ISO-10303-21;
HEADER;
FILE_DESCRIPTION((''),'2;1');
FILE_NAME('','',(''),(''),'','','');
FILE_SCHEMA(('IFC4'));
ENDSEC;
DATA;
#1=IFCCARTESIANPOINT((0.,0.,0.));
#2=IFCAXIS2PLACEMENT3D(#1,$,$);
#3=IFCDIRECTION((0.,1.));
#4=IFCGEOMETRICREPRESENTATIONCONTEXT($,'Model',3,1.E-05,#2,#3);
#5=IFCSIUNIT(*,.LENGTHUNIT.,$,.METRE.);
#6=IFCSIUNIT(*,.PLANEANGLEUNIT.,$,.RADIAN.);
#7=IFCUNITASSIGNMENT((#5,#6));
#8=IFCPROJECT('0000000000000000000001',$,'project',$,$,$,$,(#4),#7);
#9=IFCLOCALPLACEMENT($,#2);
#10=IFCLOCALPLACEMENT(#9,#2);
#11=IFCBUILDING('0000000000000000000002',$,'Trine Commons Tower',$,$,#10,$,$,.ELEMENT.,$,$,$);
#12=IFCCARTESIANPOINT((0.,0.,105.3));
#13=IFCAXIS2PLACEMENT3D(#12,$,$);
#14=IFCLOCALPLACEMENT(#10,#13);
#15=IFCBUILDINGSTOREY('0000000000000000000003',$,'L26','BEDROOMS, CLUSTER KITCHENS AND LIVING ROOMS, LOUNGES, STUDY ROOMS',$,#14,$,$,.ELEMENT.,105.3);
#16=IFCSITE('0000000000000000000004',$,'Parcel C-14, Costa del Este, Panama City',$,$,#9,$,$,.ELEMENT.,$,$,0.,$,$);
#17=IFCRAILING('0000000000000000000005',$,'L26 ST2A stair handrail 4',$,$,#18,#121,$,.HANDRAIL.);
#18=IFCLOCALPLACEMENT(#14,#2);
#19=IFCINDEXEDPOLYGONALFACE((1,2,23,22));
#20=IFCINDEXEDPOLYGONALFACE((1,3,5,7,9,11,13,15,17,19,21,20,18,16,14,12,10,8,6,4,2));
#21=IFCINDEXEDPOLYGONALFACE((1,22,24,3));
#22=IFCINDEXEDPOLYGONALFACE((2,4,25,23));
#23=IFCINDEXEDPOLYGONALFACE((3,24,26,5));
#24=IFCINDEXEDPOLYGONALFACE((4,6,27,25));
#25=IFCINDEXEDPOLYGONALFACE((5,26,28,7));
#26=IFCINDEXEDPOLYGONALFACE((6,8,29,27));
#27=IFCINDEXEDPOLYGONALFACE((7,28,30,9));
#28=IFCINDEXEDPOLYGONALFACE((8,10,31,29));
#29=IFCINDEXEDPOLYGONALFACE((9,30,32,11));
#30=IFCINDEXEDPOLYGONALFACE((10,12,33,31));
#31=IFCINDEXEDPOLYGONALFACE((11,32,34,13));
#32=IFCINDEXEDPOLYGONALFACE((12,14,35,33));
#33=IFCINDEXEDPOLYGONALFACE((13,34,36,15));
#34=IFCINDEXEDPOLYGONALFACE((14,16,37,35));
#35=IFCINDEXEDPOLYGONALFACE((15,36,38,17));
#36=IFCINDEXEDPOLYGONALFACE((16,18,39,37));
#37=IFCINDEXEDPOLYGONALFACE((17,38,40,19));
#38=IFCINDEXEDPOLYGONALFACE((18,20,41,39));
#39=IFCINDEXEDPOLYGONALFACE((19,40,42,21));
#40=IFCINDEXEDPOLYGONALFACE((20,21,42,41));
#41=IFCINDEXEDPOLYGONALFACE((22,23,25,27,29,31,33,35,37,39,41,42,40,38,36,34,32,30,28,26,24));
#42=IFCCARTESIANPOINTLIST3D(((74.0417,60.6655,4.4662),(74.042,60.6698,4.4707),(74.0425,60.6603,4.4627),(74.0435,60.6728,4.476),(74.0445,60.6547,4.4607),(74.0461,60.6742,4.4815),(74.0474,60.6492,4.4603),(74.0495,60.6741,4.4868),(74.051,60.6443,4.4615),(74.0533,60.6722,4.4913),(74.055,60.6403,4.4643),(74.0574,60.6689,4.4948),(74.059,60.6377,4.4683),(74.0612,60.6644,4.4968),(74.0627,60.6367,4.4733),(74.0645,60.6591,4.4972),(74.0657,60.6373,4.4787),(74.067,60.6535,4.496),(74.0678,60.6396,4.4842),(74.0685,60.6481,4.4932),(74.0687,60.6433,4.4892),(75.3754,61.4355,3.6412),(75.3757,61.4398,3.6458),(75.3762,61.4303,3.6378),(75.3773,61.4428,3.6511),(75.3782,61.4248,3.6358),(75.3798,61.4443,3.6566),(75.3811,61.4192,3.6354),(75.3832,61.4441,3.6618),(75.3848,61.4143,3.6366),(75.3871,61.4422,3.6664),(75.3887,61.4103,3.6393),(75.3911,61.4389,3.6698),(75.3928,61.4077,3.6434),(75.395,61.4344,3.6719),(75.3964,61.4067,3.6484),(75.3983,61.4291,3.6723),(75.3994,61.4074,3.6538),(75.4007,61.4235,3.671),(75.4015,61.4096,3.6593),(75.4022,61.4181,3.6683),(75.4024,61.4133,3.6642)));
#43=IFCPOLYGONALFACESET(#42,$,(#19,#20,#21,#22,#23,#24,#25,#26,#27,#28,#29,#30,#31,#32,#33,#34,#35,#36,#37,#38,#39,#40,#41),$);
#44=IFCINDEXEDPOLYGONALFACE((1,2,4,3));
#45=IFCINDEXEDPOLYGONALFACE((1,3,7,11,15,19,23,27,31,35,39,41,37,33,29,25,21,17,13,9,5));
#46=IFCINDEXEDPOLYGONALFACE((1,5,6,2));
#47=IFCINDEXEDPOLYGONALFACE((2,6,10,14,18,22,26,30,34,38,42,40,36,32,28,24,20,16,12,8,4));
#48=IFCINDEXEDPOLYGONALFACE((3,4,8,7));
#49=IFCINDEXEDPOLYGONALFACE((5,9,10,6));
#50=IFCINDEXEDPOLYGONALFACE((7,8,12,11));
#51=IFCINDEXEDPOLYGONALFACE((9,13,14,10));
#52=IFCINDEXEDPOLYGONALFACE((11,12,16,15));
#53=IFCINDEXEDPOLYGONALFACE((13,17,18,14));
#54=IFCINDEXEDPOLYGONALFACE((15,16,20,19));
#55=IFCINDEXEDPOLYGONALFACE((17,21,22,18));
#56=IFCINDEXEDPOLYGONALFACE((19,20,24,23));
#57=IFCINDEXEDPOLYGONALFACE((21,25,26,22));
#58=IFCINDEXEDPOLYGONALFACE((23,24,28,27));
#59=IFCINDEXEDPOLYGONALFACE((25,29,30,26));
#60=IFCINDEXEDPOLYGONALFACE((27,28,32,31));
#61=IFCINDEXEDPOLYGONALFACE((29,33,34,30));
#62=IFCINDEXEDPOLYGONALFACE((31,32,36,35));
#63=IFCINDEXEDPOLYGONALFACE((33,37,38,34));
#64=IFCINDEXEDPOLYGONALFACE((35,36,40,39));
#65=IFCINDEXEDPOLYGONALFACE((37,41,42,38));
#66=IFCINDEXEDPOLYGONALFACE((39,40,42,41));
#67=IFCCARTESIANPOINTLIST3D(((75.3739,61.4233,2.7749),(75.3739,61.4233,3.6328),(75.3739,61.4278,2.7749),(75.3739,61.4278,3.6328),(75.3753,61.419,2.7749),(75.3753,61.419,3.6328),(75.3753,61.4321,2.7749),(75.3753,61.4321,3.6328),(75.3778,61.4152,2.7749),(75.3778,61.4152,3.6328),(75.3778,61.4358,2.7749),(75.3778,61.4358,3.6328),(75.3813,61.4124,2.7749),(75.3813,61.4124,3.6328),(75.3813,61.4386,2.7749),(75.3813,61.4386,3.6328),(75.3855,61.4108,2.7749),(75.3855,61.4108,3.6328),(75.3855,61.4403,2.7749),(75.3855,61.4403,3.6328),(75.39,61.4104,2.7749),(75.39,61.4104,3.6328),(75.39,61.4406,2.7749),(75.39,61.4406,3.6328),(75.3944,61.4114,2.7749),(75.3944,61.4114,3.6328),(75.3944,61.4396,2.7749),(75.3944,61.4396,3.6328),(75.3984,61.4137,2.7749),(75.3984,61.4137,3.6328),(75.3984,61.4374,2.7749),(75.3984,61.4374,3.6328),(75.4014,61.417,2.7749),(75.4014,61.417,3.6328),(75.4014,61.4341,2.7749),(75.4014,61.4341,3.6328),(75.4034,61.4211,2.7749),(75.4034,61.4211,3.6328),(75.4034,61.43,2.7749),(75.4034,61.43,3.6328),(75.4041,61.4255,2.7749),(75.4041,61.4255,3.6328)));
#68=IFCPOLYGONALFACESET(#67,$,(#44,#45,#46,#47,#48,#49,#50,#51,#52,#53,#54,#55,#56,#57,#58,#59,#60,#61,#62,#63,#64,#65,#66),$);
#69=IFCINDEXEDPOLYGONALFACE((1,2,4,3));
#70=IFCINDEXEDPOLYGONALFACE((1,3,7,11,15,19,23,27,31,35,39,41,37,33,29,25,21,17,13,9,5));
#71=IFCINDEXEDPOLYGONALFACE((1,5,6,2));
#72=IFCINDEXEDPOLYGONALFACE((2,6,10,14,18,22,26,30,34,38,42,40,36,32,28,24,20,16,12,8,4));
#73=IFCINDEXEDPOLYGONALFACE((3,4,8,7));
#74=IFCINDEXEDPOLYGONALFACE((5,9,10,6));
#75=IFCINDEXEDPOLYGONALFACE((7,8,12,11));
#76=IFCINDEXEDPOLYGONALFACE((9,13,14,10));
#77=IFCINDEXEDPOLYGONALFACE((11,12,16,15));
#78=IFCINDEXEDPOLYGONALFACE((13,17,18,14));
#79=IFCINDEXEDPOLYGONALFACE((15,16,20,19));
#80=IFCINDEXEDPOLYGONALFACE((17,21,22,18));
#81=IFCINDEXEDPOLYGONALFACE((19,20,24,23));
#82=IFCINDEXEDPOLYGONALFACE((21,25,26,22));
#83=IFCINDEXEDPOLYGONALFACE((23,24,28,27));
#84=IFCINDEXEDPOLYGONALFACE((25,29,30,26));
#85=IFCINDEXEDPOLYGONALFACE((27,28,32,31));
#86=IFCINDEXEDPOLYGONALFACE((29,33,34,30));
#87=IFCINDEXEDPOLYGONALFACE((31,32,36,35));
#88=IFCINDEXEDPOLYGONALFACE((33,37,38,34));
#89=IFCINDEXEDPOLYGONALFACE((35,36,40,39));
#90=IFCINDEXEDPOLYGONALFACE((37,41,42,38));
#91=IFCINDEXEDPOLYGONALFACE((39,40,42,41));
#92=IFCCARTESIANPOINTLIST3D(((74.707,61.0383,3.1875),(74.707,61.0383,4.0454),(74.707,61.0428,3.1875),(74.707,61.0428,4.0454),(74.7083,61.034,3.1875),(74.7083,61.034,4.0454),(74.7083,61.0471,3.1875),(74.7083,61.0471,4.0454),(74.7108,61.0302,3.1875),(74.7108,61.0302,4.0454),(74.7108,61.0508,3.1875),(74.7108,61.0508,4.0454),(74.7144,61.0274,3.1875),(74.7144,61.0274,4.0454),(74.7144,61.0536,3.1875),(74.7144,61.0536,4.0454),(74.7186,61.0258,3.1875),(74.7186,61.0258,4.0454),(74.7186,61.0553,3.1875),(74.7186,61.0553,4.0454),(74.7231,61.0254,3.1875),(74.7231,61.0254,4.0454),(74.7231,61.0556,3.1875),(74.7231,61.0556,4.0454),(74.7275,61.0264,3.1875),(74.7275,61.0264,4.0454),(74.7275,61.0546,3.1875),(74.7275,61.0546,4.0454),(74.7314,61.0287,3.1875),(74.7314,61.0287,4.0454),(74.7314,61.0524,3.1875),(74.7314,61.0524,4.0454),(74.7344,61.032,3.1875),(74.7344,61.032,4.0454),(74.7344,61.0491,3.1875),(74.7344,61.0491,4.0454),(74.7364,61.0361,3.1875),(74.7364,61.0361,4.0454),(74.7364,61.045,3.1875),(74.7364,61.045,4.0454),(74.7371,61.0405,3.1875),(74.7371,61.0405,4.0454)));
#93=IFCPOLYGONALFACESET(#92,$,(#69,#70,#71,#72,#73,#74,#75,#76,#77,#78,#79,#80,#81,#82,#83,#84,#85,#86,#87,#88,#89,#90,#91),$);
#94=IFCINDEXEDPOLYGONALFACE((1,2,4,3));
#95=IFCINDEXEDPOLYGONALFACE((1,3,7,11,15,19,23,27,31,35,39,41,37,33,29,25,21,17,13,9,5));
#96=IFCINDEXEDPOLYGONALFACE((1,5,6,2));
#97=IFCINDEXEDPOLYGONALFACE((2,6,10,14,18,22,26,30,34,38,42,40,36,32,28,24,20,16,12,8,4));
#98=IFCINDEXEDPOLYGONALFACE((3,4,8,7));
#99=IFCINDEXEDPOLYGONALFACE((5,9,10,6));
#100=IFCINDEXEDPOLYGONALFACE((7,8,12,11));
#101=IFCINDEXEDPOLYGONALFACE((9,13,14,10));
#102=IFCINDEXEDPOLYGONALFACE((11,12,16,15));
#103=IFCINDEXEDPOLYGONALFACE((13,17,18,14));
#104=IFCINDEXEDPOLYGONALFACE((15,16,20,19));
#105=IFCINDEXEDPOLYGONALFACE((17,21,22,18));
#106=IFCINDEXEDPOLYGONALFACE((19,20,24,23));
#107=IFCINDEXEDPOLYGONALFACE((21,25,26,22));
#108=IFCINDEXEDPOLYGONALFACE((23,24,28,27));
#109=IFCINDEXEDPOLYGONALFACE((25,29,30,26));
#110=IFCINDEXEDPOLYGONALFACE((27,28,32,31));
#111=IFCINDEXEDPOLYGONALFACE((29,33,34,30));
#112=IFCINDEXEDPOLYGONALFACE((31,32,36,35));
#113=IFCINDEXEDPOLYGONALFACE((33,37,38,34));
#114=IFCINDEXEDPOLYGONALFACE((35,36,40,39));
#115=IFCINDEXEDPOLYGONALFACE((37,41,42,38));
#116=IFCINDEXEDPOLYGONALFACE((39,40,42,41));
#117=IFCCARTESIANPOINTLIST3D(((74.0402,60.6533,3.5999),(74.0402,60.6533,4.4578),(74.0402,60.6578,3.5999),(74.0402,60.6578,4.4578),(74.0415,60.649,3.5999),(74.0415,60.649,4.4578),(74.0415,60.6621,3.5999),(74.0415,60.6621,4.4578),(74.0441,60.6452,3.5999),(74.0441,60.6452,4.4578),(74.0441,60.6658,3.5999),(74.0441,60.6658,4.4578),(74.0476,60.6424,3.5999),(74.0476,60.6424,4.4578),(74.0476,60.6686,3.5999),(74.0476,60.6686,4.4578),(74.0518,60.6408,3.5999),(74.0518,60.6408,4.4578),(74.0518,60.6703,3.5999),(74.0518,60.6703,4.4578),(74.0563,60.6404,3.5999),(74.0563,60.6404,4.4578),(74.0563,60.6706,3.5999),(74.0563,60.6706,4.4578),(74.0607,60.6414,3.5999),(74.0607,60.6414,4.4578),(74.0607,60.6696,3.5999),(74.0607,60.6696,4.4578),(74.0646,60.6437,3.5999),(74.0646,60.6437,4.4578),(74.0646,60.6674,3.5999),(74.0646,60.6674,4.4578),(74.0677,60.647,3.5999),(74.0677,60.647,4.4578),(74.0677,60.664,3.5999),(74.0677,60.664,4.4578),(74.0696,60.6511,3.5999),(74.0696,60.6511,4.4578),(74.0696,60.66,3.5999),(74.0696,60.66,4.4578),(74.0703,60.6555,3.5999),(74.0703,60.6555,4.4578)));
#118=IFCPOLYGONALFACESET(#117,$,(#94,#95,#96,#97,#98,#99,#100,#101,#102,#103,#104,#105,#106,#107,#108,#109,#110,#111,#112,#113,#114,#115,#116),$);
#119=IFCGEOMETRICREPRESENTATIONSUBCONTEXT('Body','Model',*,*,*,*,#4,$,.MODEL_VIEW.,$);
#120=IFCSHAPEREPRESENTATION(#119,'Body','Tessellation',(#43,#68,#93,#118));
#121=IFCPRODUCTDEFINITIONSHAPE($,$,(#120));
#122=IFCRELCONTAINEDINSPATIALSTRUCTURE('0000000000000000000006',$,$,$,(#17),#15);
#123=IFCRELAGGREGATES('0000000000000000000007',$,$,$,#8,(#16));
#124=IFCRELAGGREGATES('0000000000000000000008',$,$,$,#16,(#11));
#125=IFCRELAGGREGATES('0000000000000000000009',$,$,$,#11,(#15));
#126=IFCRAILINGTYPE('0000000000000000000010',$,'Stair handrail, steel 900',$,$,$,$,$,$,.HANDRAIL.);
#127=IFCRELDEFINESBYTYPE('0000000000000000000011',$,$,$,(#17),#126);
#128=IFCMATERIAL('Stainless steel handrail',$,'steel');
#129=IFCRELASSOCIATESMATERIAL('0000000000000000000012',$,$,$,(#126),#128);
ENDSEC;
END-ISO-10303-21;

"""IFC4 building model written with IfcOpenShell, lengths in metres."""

from ifc_helpers import new_model, si_unit, direction, frame, origin, origin_2d, place, context, subcontext, project, spatial, circle, extrude, material, type_object, element, save


model = new_model("IFC4")

# Units and contexts
model_context = context("Model", 3, precision=1e-05, world=origin(), true_north=direction((0.0, 1.0)))
body_context = subcontext(model_context, "Body", "Model", "MODEL_VIEW")
ifc_project = project(units=[si_unit("LENGTHUNIT", "METRE"), si_unit("PLANEANGLEUNIT", "RADIAN")], contexts=[model_context])

# Site, building, storey
site_placement = place(None, origin())
site = spatial("IfcSite", under=ifc_project, at=site_placement, Name="Parcel C-14, Costa del Este, Panama City", CompositionType="ELEMENT", RefElevation=0.0)
building_placement = place(site_placement, origin())
building = spatial("IfcBuilding", under=site, at=building_placement, Name="Trine Commons Tower", CompositionType="ELEMENT")
storey_placement = place(building_placement, frame((0.0, 0.0, 105.3)))
storey = spatial("IfcBuildingStorey", under=building, at=storey_placement, Name="L26", Description="BEDROOMS, CLUSTER KITCHENS AND LIVING ROOMS, LOUNGES, STUDY ROOMS", CompositionType="ELEMENT", Elevation=105.3)

# Railing
ifc_material_1 = material(Name="Stainless steel handrail", Category="steel")
railing_type_1 = type_object("IfcRailingType", Name="Stair handrail, steel 900", PredefinedType="HANDRAIL", material=ifc_material_1)
railing_1_placement = place(storey_placement, frame((75.3889, 61.4255, 2.7749)))
element("IfcRailing", 1, at=railing_1_placement, inside=storey, type_object=railing_type_1, Name="L26 ST2A stair handrail 4", PredefinedType="HANDRAIL", context=body_context, shape_type="SweptSolid", body=[
    extrude(circle(Radius=0.021, at=origin_2d()), frame((0.0, 0.0, 0.8789), z_axis=(-0.763405, -0.440743, 0.472185), x_axis=(0.499992, -0.86603, 0.0)), (0.0, 0.0, 1.0), 1.7471),
    extrude(circle(Radius=0.0151, at=origin_2d()), origin(), (0.0, 0.0, 1.0), 0.8579),
    extrude(circle(Radius=0.0151, at=origin_2d()), frame((-0.667, -0.385, 0.4126)), (0.0, 0.0, 1.0), 0.8579),
    extrude(circle(Radius=0.0151, at=origin_2d()), frame((-1.3337, -0.77, 0.825)), (0.0, 0.0, 1.0), 0.8579),
])

save(model, "model.ifc")
